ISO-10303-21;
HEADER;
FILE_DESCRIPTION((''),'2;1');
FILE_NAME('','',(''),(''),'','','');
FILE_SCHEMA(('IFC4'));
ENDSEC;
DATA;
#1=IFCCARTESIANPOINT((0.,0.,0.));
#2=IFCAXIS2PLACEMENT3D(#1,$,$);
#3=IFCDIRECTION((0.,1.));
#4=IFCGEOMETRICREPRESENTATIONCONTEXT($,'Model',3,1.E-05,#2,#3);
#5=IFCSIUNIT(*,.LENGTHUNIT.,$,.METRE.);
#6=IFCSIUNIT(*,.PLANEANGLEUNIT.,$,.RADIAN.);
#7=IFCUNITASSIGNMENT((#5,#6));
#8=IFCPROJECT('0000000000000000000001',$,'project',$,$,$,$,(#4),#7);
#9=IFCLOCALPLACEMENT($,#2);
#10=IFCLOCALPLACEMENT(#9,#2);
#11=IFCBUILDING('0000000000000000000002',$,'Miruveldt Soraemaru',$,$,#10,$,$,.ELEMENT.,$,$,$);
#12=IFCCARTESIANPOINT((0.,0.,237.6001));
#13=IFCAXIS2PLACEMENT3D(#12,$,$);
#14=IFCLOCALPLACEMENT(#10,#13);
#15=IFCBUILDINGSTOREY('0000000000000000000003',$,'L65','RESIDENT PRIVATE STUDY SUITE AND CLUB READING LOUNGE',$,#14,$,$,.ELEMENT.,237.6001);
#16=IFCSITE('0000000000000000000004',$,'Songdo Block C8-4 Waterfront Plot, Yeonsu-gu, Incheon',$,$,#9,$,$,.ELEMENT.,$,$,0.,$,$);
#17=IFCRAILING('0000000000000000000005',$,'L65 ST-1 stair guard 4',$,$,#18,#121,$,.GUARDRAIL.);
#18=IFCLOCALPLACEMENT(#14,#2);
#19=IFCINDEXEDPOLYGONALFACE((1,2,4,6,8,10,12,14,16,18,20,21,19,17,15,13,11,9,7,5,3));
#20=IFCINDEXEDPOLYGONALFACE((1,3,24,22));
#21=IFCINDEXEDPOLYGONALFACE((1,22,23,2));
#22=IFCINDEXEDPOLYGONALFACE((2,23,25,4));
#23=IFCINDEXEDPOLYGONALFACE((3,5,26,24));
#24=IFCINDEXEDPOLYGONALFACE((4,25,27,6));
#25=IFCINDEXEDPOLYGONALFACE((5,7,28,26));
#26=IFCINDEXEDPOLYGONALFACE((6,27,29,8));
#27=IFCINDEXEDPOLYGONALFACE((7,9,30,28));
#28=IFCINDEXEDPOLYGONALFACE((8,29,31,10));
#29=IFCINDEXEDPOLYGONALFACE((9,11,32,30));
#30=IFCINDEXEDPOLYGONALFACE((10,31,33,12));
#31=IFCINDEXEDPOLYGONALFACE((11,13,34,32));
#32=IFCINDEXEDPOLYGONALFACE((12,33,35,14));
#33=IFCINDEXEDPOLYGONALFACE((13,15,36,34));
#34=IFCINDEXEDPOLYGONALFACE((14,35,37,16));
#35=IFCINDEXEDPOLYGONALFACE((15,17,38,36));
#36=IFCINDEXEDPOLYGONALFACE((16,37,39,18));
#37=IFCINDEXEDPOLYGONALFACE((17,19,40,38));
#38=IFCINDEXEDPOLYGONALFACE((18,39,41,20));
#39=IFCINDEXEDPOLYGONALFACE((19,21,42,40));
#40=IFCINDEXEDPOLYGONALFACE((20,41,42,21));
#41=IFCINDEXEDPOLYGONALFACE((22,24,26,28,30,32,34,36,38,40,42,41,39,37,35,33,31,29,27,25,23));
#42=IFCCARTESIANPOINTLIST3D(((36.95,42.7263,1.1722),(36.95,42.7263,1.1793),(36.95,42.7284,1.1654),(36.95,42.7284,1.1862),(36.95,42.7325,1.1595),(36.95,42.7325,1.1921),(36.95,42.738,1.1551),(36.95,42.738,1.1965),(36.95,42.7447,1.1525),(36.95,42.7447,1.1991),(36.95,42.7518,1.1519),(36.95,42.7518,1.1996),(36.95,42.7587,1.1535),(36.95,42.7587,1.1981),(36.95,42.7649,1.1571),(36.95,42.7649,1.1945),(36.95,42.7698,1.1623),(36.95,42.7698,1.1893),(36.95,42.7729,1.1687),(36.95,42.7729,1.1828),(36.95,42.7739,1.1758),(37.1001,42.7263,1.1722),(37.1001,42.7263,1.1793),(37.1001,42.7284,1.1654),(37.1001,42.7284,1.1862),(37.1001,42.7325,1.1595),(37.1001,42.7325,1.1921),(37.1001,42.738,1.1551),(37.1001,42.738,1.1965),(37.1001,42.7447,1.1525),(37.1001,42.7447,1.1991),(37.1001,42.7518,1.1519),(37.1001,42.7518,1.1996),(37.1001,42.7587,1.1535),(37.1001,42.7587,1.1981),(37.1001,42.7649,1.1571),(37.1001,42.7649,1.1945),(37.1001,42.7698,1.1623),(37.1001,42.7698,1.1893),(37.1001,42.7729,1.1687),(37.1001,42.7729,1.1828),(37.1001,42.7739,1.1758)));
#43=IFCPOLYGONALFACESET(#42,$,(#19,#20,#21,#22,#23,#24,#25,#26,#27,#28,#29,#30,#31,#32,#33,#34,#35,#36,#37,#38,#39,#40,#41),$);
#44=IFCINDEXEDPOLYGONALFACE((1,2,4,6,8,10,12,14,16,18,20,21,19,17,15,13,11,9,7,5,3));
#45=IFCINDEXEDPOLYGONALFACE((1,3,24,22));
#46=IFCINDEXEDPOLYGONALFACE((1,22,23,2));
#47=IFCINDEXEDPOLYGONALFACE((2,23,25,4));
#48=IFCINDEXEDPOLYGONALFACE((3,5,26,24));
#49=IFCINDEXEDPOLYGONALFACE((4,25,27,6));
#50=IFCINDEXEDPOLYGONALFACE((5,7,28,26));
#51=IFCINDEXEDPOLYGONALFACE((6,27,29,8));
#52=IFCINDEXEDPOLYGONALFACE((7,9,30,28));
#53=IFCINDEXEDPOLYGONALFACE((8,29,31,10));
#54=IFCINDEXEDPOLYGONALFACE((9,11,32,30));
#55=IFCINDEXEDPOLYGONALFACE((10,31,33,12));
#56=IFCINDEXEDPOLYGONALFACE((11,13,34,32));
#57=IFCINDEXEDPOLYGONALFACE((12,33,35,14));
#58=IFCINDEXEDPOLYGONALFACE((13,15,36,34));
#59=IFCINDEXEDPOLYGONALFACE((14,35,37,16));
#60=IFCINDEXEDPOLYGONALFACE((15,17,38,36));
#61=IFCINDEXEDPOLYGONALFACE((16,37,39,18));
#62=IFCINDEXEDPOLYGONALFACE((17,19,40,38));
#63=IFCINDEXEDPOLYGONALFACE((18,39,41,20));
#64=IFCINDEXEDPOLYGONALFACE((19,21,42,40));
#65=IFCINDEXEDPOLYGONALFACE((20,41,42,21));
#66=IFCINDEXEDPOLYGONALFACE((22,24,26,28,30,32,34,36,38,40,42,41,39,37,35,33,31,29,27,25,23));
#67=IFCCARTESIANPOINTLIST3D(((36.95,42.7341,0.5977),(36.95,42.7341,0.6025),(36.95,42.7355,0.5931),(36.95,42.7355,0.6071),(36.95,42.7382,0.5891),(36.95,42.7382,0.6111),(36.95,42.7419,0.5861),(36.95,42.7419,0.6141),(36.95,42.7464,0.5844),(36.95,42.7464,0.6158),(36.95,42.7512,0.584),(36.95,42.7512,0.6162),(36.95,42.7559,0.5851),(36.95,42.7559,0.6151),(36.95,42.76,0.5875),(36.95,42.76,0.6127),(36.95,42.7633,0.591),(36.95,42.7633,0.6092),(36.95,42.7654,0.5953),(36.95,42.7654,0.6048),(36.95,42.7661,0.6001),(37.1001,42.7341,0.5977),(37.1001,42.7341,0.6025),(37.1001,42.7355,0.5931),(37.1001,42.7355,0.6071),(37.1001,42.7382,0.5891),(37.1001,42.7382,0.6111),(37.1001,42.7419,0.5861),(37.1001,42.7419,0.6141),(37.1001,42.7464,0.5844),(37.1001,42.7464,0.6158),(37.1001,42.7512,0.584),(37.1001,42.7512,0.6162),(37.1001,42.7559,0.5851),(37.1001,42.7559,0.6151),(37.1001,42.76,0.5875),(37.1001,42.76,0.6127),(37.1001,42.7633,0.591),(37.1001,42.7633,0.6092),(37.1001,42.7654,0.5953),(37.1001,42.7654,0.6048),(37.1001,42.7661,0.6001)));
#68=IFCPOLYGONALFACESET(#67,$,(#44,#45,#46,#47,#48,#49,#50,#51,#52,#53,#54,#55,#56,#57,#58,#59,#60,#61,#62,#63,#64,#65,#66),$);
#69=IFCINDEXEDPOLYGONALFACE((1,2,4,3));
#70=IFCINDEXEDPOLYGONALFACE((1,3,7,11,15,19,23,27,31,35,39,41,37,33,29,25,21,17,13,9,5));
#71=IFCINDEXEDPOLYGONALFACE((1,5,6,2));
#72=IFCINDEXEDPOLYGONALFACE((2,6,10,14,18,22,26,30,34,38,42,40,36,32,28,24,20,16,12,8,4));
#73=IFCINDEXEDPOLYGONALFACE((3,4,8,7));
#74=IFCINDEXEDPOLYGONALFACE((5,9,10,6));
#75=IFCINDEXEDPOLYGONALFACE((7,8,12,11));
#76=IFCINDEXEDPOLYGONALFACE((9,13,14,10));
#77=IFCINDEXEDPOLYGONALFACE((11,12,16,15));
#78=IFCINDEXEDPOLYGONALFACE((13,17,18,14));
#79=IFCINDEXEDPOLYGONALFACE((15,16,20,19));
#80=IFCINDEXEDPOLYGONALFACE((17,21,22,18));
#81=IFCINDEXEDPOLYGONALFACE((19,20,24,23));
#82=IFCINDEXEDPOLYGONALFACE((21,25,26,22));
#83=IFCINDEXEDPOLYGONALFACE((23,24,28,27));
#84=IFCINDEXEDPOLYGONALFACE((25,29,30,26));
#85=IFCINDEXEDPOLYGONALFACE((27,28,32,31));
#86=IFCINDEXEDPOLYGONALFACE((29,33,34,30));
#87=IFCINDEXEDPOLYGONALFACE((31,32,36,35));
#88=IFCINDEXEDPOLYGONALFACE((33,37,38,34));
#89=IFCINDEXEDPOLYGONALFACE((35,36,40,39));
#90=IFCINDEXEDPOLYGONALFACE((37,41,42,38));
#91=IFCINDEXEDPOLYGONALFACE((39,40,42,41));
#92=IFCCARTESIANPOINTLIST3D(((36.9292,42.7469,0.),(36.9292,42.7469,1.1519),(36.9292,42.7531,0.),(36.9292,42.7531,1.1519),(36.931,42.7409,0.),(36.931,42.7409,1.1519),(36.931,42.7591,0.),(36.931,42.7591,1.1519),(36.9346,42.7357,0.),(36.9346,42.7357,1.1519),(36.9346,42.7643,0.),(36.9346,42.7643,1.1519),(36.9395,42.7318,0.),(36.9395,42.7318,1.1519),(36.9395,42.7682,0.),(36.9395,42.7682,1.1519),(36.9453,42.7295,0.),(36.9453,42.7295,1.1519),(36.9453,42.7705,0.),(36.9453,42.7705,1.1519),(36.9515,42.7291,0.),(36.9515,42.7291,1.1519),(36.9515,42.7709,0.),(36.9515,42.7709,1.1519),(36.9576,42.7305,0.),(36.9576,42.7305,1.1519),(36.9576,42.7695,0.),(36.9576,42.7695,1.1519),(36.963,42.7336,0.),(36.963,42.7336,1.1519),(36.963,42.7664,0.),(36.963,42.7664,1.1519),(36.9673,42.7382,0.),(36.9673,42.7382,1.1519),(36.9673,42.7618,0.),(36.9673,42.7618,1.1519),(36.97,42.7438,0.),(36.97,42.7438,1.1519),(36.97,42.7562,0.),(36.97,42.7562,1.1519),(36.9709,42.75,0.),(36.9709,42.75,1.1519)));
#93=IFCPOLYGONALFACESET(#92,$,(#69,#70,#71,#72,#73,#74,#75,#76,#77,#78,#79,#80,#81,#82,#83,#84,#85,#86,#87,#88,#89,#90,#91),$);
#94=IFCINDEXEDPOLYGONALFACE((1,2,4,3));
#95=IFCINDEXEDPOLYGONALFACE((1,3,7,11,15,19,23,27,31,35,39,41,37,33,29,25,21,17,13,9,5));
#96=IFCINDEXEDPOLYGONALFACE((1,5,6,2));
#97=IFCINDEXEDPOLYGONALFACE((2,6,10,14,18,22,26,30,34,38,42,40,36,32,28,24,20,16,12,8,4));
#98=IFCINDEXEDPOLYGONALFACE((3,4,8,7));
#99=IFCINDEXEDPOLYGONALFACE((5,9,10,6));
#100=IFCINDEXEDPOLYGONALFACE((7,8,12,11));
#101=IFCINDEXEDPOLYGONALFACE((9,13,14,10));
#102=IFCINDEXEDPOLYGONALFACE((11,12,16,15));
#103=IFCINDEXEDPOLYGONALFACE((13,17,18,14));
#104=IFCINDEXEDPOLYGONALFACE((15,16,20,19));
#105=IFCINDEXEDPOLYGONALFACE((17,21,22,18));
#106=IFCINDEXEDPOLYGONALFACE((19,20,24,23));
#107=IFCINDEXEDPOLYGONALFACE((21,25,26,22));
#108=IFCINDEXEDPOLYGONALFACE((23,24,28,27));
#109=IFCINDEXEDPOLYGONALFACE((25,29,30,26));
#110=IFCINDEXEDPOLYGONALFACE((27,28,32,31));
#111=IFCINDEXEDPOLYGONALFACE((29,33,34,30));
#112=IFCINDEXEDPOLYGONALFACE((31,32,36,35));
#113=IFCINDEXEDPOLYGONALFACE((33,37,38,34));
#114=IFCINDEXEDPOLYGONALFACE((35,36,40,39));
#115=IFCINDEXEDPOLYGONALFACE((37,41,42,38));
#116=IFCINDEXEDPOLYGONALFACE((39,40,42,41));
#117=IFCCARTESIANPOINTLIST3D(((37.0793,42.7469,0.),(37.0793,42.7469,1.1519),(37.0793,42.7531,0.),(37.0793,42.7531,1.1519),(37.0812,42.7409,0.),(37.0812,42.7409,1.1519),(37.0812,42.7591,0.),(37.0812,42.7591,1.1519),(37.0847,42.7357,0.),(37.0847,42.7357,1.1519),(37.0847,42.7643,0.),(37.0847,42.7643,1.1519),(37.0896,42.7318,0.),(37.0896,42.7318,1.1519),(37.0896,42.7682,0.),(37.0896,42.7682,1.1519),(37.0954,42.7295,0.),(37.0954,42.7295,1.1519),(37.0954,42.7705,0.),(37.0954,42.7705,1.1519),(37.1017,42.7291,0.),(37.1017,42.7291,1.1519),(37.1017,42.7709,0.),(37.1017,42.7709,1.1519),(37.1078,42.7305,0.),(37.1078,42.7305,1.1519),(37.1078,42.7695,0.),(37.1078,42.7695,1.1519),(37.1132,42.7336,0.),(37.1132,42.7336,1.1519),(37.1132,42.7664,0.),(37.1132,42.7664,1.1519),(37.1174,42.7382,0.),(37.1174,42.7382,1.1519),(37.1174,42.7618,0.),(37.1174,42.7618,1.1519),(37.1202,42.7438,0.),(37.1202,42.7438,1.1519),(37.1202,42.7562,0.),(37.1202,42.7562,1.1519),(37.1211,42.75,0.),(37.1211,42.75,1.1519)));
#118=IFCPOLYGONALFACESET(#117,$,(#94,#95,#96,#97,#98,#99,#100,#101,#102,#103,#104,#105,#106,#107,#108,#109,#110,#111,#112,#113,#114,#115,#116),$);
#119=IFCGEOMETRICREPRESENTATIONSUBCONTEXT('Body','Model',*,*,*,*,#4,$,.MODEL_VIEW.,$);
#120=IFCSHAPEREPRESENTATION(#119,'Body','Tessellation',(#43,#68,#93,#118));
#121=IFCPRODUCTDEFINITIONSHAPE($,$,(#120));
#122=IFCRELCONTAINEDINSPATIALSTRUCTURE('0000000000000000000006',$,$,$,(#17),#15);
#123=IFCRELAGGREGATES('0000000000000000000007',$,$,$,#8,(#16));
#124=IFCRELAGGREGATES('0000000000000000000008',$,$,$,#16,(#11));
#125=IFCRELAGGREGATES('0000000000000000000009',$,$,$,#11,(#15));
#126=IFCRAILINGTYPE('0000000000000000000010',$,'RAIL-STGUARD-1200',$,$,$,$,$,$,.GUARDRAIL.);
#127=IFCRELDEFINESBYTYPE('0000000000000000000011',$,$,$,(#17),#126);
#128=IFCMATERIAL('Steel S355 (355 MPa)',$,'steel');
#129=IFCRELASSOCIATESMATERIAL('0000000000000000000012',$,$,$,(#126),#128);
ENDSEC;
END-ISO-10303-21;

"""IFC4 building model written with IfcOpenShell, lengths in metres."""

from ifc_helpers import new_model, si_unit, direction, frame, origin, origin_2d, place, context, subcontext, project, spatial, circle, extrude, material, type_object, element, save


model = new_model("IFC4")

# Units and contexts
model_context = context("Model", 3, precision=1e-05, world=origin(), true_north=direction((0.0, 1.0)))
body_context = subcontext(model_context, "Body", "Model", "MODEL_VIEW")
ifc_project = project(units=[si_unit("LENGTHUNIT", "METRE"), si_unit("PLANEANGLEUNIT", "RADIAN")], contexts=[model_context])

# Site, building, storey
site_placement = place(None, origin())
site = spatial("IfcSite", under=ifc_project, at=site_placement, Name="Songdo Block C8-4 Waterfront Plot, Yeonsu-gu, Incheon", CompositionType="ELEMENT", RefElevation=0.0)
building_placement = place(site_placement, origin())
building = spatial("IfcBuilding", under=site, at=building_placement, Name="Miruveldt Soraemaru", CompositionType="ELEMENT")
storey_placement = place(building_placement, frame((0.0, 0.0, 237.6001)))
storey = spatial("IfcBuildingStorey", under=building, at=storey_placement, Name="L65", Description="RESIDENT PRIVATE STUDY SUITE AND CLUB READING LOUNGE", CompositionType="ELEMENT", Elevation=237.6001)

# Railing
ifc_material_1 = material(Name="Steel S355 (355 MPa)", Category="steel")
railing_type = type_object("IfcRailingType", Name="RAIL-STGUARD-1200", PredefinedType="GUARDRAIL", material=ifc_material_1)
railing_1_placement = place(storey_placement, frame((36.95, 42.75, 0.0)))
element("IfcRailing", 1, at=railing_1_placement, inside=storey, type_object=railing_type, Name="L65 ST-1 stair guard 4", PredefinedType="GUARDRAIL", context=body_context, shape_type="SweptSolid", body=[
    extrude(circle(Radius=0.0239, at=origin_2d()), frame((0.0, 0.0, 1.1758), z_axis=(1.0, 0.0, 0.0), x_axis=(0.0, 1.0, 0.0)), (0.0, 0.0, 1.0), 0.1501),
    extrude(circle(Radius=0.0161, at=origin_2d()), frame((0.0, 0.0, 0.6001), z_axis=(1.0, 0.0, 0.0), x_axis=(0.0, 1.0, 0.0)), (0.0, 0.0, 1.0), 0.1501),
    extrude(circle(Radius=0.021, at=origin_2d()), origin(), (0.0, 0.0, 1.0), 1.1519),
    extrude(circle(Radius=0.021, at=origin_2d()), frame((0.1501, 0.0, 0.0)), (0.0, 0.0, 1.0), 1.1519),
])

save(model, "model.ifc")
